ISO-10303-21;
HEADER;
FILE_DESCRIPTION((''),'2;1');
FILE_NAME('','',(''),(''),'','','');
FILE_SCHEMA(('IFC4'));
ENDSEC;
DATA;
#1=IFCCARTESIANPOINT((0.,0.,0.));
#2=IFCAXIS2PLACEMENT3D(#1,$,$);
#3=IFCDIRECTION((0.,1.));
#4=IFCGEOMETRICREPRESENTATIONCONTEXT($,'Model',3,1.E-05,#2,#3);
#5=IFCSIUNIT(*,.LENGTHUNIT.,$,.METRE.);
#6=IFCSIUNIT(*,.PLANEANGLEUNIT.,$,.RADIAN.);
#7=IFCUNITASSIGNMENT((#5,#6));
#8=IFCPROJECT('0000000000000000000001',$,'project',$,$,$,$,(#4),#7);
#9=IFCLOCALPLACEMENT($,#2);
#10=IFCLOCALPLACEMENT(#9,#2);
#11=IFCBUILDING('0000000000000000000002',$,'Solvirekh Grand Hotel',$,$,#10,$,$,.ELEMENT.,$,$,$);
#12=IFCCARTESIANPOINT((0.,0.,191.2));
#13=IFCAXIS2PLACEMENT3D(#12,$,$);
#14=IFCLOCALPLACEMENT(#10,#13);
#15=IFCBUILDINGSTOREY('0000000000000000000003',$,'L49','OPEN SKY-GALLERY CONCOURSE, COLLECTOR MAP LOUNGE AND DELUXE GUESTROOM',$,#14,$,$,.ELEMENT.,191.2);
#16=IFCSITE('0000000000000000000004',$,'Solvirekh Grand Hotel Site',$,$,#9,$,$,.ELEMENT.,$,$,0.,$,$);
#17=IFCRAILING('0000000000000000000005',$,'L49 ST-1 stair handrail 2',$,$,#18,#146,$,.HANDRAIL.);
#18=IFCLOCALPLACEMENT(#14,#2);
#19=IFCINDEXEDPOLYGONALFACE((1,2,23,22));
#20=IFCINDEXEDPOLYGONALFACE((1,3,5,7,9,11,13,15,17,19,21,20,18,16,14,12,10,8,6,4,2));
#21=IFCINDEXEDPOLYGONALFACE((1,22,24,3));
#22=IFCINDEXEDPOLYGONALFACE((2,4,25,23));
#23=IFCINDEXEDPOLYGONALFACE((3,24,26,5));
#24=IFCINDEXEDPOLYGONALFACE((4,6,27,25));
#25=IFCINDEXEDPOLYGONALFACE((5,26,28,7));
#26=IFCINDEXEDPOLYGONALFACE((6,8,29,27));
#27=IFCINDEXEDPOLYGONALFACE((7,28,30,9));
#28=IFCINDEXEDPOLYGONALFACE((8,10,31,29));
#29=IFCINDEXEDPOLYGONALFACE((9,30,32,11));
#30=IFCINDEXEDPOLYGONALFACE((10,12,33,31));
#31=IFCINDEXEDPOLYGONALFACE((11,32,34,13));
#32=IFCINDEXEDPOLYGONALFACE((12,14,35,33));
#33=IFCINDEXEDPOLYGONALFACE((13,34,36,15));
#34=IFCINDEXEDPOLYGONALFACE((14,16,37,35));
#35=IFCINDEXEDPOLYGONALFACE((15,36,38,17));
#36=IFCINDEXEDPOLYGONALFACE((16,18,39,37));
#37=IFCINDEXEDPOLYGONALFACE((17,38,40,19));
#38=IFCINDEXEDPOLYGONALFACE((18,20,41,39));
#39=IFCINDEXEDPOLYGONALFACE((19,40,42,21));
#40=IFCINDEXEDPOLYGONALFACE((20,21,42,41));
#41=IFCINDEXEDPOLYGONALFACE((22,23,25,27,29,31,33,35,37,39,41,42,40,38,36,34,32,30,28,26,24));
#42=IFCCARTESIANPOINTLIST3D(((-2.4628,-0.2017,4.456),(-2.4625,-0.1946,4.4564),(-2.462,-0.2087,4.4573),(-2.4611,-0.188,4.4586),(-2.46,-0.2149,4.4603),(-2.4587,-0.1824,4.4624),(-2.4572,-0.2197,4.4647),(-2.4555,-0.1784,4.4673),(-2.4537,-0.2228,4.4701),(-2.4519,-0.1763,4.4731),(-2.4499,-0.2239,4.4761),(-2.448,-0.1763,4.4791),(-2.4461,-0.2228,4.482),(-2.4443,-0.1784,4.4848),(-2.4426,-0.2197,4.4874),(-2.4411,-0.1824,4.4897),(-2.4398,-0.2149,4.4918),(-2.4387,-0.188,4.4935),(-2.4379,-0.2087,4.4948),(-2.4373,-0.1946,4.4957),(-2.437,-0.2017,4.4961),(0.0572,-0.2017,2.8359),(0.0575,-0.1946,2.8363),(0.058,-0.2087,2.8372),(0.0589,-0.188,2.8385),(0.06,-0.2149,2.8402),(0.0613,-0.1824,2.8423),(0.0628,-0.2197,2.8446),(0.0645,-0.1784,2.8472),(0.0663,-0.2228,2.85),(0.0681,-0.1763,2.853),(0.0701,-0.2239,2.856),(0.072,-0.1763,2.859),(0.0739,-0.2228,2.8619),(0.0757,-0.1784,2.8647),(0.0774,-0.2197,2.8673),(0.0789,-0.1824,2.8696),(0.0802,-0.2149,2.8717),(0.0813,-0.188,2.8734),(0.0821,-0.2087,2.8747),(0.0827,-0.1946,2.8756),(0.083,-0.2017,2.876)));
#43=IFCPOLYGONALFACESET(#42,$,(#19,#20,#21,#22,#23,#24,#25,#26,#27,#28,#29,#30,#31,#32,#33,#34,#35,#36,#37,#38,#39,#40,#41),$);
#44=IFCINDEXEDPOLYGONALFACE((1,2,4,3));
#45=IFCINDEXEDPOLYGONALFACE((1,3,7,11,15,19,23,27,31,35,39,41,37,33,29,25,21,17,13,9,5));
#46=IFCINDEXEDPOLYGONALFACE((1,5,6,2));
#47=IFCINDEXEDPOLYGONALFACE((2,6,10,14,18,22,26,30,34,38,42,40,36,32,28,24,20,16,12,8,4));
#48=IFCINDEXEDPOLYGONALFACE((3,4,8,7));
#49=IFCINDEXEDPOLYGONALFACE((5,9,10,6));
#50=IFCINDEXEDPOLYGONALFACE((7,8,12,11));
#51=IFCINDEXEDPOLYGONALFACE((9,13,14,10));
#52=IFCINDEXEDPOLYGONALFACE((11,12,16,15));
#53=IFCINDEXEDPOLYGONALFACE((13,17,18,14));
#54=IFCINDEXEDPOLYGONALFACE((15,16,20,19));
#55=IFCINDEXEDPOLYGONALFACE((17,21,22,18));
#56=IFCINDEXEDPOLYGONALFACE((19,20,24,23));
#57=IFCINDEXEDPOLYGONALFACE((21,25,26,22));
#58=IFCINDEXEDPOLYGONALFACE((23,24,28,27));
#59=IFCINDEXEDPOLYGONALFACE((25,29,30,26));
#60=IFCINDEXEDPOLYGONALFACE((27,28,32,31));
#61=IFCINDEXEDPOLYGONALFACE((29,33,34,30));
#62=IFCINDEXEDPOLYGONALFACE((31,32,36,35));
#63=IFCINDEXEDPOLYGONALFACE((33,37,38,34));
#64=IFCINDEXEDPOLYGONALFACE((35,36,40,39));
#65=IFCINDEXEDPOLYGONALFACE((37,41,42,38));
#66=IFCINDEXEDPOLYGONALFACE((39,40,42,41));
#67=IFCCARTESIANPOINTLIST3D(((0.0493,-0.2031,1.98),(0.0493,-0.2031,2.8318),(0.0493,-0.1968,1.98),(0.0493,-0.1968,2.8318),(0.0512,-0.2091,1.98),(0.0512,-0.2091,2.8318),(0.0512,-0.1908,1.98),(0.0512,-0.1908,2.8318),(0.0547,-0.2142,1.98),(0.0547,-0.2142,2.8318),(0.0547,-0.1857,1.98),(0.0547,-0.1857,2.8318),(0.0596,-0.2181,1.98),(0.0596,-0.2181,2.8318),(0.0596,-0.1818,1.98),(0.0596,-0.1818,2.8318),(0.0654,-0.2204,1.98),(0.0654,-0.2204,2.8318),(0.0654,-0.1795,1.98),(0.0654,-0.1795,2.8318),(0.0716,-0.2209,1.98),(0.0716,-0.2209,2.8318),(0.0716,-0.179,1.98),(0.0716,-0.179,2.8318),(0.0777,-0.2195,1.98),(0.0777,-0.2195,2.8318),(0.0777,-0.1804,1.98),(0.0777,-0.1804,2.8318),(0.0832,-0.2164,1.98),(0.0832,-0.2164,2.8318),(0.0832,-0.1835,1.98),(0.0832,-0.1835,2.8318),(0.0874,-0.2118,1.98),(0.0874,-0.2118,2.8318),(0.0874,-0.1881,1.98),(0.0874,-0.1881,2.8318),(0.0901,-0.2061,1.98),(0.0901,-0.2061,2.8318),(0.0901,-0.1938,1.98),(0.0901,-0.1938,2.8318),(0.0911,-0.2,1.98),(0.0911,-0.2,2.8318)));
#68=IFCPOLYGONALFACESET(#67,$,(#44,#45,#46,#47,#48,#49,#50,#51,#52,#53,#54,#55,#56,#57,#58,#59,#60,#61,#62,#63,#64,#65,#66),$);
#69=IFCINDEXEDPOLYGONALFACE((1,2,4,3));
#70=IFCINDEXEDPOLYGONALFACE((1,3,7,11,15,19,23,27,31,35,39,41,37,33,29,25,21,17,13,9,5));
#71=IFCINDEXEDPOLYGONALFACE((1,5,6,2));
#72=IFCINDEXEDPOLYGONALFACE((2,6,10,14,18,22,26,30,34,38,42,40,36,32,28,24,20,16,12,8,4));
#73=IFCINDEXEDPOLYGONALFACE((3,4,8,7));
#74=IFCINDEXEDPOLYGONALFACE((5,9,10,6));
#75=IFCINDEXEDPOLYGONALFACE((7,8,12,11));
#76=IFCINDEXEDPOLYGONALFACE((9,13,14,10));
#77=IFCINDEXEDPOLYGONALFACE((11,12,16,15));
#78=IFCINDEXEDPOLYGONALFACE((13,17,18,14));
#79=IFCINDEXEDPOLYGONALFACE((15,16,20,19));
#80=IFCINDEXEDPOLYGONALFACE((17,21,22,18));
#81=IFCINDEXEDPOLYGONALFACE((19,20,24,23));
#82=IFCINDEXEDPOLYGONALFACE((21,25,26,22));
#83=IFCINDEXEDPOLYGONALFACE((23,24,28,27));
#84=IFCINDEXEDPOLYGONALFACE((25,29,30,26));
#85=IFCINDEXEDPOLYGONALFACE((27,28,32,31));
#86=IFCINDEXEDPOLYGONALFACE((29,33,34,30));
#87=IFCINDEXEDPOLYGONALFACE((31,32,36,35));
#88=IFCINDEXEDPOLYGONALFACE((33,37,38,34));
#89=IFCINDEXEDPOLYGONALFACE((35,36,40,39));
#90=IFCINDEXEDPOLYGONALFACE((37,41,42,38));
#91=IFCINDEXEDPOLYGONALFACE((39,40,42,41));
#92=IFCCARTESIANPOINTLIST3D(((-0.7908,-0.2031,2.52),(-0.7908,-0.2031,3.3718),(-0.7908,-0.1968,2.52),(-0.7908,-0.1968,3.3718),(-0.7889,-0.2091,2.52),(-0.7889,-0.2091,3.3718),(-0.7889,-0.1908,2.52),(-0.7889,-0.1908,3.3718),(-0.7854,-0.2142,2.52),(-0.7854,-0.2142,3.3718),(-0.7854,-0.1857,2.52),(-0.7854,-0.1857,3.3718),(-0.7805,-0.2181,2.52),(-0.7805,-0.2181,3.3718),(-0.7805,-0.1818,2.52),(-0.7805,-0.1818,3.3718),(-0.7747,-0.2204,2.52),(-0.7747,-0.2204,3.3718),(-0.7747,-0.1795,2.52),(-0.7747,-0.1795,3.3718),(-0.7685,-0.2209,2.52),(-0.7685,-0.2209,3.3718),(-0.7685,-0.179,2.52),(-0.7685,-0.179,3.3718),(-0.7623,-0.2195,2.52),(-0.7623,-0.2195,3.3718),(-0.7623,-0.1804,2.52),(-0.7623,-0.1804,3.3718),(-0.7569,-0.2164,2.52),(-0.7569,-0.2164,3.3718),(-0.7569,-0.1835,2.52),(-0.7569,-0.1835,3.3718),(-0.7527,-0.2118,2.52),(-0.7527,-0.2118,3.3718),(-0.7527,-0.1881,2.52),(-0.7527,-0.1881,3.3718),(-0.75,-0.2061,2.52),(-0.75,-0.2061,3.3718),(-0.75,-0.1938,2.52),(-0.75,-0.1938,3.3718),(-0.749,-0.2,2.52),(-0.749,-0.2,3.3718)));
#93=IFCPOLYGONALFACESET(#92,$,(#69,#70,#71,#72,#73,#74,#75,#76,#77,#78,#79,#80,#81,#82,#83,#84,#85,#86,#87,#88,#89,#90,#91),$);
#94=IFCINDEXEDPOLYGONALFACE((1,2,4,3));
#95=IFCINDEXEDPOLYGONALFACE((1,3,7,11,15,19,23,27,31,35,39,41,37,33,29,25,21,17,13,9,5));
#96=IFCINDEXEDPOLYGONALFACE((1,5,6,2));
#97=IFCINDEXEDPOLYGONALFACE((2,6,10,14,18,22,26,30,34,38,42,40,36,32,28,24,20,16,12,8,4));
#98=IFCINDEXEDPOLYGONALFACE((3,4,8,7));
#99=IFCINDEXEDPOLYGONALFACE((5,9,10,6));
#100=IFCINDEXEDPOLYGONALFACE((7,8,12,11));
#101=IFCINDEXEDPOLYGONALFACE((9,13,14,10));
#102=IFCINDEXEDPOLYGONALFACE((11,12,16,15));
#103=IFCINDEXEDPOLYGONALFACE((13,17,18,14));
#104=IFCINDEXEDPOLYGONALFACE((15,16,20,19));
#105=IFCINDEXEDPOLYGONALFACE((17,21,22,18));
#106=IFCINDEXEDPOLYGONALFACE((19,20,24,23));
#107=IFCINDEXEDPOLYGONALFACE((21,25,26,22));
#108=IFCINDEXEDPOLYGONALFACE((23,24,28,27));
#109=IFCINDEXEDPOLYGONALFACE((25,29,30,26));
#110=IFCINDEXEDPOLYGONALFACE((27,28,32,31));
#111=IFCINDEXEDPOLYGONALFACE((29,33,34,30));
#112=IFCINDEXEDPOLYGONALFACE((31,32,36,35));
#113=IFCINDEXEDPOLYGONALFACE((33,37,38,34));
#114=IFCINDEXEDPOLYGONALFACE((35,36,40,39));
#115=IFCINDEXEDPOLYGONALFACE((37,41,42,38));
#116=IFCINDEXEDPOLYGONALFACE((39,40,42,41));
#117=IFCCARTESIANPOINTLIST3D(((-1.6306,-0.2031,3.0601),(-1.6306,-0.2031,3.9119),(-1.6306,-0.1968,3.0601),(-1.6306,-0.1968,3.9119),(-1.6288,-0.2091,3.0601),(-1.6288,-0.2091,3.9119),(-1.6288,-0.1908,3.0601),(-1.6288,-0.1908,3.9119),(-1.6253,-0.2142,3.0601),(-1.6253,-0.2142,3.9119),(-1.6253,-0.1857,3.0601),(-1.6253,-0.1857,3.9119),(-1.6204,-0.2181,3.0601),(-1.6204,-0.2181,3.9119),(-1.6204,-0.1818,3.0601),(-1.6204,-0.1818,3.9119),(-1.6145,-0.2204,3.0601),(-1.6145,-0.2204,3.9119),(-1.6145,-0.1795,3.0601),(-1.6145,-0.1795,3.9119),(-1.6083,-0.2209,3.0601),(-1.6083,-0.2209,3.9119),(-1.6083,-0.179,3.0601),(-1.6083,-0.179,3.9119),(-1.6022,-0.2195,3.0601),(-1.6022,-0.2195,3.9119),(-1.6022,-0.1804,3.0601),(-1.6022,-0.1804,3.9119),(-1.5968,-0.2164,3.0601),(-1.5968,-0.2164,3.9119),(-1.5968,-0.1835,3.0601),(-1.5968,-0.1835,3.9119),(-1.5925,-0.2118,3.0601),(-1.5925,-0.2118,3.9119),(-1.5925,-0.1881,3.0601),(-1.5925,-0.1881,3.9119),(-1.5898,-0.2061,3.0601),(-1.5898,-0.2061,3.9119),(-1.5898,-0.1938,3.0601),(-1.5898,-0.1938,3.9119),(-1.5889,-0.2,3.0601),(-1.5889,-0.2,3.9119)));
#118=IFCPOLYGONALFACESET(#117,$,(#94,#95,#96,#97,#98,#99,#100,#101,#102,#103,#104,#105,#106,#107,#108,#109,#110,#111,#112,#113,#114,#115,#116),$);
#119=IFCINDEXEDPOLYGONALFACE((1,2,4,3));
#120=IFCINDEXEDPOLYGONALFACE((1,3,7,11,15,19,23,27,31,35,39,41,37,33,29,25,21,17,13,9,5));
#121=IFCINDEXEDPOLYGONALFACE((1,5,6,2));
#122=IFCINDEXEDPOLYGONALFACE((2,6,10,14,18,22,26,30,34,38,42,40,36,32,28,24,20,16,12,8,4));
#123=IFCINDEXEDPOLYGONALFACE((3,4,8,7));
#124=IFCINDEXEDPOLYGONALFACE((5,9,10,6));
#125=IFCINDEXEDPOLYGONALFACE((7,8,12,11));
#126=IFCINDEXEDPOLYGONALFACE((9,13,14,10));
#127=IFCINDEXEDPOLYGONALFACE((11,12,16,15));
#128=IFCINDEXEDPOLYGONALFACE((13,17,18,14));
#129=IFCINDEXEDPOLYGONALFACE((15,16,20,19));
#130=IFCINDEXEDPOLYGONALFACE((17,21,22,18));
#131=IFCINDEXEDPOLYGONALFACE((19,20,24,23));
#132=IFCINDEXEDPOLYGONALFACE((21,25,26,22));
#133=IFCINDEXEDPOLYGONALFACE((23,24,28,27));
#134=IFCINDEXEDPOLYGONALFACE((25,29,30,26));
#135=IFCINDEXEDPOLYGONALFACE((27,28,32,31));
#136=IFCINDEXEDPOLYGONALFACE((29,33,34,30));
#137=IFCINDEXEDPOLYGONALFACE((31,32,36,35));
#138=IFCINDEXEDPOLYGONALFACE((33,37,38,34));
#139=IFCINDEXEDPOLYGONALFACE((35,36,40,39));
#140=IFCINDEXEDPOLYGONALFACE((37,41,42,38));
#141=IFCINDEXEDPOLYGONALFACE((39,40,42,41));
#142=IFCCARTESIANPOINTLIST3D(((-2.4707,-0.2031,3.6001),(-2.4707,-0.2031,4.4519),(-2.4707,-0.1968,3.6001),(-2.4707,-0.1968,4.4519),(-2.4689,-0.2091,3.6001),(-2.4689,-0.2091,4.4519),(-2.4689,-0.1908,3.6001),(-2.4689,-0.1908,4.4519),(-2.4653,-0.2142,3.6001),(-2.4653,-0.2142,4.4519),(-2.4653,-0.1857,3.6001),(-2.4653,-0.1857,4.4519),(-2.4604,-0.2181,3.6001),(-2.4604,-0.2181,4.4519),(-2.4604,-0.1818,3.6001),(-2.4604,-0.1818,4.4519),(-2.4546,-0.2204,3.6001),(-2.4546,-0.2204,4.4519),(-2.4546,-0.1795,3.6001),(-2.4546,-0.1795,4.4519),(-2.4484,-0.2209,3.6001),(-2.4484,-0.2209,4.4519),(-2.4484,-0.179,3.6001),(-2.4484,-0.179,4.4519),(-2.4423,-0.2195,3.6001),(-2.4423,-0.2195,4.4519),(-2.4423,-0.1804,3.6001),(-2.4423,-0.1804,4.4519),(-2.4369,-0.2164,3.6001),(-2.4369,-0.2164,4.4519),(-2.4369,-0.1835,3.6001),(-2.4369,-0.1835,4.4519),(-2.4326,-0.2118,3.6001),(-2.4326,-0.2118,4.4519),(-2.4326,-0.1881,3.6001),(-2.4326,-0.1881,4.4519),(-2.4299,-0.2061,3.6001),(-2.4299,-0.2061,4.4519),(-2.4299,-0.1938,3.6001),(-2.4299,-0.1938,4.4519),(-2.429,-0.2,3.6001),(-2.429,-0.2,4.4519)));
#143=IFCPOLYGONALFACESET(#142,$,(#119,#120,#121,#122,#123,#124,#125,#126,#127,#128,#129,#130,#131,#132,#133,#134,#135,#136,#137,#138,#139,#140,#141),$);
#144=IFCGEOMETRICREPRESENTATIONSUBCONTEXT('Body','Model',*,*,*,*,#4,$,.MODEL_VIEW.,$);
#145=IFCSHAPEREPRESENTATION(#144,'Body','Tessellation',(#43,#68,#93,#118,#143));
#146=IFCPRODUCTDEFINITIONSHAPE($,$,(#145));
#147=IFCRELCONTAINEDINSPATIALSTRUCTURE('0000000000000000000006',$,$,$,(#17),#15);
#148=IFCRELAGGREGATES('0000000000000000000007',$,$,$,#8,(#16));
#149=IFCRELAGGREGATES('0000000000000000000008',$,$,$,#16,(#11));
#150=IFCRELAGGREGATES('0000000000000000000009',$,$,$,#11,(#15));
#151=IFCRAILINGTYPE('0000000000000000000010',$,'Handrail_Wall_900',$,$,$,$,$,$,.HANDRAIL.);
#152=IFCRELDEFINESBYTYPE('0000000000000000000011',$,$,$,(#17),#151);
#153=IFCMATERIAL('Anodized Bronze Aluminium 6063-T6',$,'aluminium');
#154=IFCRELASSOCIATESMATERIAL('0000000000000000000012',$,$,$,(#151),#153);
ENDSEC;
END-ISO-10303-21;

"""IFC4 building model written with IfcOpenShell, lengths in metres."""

from ifc_helpers import new_model, si_unit, direction, frame, origin, origin_2d, place, context, subcontext, project, spatial, circle, extrude, material, type_object, element, save


model = new_model("IFC4")

# Units and contexts
model_context = context("Model", 3, precision=1e-05, world=origin(), true_north=direction((0.0, 1.0)))
body_context = subcontext(model_context, "Body", "Model", "MODEL_VIEW")
ifc_project = project(units=[si_unit("LENGTHUNIT", "METRE"), si_unit("PLANEANGLEUNIT", "RADIAN")], contexts=[model_context])

# Site, building, storey
site_placement = place(None, origin())
site = spatial("IfcSite", under=ifc_project, at=site_placement, Name="Solvirekh Grand Hotel Site", CompositionType="ELEMENT", RefElevation=0.0)
building_placement = place(site_placement, origin())
building = spatial("IfcBuilding", under=site, at=building_placement, Name="Solvirekh Grand Hotel", CompositionType="ELEMENT")
storey_placement = place(building_placement, frame((0.0, 0.0, 191.2)))
storey = spatial("IfcBuildingStorey", under=building, at=storey_placement, Name="L49", Description="OPEN SKY-GALLERY CONCOURSE, COLLECTOR MAP LOUNGE AND DELUXE GUESTROOM", CompositionType="ELEMENT", Elevation=191.2)

# Railing
ifc_material_1 = material(Name="Anodized Bronze Aluminium 6063-T6", Category="aluminium")
railing_type_1 = type_object("IfcRailingType", Name="Handrail_Wall_900", PredefinedType="HANDRAIL", material=ifc_material_1)
railing_1_placement = place(storey_placement, frame((0.0701, -0.2, 1.98)))
element("IfcRailing", 1, at=railing_1_placement, inside=storey, type_object=railing_type_1, Name="L49 ST-1 stair handrail 2", PredefinedType="HANDRAIL", context=body_context, shape_type="SweptSolid", body=[
    extrude(circle(Radius=0.0239, at=origin_2d()), frame((0.0, 0.0, 0.876), z_axis=(-0.841163, 0.0, 0.540782), x_axis=(0.0, -1.0, 0.0)), (0.0, 0.0, 1.0), 2.9958),
    extrude(circle(Radius=0.021, at=origin_2d()), origin(), (0.0, 0.0, 1.0), 0.8518),
    extrude(circle(Radius=0.021, at=origin_2d()), frame((-0.8401, 0.0, 0.54)), (0.0, 0.0, 1.0), 0.8518),
    extrude(circle(Radius=0.021, at=origin_2d()), frame((-1.6799, 0.0, 1.0801)), (0.0, 0.0, 1.0), 0.8518),
    extrude(circle(Radius=0.021, at=origin_2d()), frame((-2.52, 0.0, 1.6201)), (0.0, 0.0, 1.0), 0.8518),
])

save(model, "model.ifc")
